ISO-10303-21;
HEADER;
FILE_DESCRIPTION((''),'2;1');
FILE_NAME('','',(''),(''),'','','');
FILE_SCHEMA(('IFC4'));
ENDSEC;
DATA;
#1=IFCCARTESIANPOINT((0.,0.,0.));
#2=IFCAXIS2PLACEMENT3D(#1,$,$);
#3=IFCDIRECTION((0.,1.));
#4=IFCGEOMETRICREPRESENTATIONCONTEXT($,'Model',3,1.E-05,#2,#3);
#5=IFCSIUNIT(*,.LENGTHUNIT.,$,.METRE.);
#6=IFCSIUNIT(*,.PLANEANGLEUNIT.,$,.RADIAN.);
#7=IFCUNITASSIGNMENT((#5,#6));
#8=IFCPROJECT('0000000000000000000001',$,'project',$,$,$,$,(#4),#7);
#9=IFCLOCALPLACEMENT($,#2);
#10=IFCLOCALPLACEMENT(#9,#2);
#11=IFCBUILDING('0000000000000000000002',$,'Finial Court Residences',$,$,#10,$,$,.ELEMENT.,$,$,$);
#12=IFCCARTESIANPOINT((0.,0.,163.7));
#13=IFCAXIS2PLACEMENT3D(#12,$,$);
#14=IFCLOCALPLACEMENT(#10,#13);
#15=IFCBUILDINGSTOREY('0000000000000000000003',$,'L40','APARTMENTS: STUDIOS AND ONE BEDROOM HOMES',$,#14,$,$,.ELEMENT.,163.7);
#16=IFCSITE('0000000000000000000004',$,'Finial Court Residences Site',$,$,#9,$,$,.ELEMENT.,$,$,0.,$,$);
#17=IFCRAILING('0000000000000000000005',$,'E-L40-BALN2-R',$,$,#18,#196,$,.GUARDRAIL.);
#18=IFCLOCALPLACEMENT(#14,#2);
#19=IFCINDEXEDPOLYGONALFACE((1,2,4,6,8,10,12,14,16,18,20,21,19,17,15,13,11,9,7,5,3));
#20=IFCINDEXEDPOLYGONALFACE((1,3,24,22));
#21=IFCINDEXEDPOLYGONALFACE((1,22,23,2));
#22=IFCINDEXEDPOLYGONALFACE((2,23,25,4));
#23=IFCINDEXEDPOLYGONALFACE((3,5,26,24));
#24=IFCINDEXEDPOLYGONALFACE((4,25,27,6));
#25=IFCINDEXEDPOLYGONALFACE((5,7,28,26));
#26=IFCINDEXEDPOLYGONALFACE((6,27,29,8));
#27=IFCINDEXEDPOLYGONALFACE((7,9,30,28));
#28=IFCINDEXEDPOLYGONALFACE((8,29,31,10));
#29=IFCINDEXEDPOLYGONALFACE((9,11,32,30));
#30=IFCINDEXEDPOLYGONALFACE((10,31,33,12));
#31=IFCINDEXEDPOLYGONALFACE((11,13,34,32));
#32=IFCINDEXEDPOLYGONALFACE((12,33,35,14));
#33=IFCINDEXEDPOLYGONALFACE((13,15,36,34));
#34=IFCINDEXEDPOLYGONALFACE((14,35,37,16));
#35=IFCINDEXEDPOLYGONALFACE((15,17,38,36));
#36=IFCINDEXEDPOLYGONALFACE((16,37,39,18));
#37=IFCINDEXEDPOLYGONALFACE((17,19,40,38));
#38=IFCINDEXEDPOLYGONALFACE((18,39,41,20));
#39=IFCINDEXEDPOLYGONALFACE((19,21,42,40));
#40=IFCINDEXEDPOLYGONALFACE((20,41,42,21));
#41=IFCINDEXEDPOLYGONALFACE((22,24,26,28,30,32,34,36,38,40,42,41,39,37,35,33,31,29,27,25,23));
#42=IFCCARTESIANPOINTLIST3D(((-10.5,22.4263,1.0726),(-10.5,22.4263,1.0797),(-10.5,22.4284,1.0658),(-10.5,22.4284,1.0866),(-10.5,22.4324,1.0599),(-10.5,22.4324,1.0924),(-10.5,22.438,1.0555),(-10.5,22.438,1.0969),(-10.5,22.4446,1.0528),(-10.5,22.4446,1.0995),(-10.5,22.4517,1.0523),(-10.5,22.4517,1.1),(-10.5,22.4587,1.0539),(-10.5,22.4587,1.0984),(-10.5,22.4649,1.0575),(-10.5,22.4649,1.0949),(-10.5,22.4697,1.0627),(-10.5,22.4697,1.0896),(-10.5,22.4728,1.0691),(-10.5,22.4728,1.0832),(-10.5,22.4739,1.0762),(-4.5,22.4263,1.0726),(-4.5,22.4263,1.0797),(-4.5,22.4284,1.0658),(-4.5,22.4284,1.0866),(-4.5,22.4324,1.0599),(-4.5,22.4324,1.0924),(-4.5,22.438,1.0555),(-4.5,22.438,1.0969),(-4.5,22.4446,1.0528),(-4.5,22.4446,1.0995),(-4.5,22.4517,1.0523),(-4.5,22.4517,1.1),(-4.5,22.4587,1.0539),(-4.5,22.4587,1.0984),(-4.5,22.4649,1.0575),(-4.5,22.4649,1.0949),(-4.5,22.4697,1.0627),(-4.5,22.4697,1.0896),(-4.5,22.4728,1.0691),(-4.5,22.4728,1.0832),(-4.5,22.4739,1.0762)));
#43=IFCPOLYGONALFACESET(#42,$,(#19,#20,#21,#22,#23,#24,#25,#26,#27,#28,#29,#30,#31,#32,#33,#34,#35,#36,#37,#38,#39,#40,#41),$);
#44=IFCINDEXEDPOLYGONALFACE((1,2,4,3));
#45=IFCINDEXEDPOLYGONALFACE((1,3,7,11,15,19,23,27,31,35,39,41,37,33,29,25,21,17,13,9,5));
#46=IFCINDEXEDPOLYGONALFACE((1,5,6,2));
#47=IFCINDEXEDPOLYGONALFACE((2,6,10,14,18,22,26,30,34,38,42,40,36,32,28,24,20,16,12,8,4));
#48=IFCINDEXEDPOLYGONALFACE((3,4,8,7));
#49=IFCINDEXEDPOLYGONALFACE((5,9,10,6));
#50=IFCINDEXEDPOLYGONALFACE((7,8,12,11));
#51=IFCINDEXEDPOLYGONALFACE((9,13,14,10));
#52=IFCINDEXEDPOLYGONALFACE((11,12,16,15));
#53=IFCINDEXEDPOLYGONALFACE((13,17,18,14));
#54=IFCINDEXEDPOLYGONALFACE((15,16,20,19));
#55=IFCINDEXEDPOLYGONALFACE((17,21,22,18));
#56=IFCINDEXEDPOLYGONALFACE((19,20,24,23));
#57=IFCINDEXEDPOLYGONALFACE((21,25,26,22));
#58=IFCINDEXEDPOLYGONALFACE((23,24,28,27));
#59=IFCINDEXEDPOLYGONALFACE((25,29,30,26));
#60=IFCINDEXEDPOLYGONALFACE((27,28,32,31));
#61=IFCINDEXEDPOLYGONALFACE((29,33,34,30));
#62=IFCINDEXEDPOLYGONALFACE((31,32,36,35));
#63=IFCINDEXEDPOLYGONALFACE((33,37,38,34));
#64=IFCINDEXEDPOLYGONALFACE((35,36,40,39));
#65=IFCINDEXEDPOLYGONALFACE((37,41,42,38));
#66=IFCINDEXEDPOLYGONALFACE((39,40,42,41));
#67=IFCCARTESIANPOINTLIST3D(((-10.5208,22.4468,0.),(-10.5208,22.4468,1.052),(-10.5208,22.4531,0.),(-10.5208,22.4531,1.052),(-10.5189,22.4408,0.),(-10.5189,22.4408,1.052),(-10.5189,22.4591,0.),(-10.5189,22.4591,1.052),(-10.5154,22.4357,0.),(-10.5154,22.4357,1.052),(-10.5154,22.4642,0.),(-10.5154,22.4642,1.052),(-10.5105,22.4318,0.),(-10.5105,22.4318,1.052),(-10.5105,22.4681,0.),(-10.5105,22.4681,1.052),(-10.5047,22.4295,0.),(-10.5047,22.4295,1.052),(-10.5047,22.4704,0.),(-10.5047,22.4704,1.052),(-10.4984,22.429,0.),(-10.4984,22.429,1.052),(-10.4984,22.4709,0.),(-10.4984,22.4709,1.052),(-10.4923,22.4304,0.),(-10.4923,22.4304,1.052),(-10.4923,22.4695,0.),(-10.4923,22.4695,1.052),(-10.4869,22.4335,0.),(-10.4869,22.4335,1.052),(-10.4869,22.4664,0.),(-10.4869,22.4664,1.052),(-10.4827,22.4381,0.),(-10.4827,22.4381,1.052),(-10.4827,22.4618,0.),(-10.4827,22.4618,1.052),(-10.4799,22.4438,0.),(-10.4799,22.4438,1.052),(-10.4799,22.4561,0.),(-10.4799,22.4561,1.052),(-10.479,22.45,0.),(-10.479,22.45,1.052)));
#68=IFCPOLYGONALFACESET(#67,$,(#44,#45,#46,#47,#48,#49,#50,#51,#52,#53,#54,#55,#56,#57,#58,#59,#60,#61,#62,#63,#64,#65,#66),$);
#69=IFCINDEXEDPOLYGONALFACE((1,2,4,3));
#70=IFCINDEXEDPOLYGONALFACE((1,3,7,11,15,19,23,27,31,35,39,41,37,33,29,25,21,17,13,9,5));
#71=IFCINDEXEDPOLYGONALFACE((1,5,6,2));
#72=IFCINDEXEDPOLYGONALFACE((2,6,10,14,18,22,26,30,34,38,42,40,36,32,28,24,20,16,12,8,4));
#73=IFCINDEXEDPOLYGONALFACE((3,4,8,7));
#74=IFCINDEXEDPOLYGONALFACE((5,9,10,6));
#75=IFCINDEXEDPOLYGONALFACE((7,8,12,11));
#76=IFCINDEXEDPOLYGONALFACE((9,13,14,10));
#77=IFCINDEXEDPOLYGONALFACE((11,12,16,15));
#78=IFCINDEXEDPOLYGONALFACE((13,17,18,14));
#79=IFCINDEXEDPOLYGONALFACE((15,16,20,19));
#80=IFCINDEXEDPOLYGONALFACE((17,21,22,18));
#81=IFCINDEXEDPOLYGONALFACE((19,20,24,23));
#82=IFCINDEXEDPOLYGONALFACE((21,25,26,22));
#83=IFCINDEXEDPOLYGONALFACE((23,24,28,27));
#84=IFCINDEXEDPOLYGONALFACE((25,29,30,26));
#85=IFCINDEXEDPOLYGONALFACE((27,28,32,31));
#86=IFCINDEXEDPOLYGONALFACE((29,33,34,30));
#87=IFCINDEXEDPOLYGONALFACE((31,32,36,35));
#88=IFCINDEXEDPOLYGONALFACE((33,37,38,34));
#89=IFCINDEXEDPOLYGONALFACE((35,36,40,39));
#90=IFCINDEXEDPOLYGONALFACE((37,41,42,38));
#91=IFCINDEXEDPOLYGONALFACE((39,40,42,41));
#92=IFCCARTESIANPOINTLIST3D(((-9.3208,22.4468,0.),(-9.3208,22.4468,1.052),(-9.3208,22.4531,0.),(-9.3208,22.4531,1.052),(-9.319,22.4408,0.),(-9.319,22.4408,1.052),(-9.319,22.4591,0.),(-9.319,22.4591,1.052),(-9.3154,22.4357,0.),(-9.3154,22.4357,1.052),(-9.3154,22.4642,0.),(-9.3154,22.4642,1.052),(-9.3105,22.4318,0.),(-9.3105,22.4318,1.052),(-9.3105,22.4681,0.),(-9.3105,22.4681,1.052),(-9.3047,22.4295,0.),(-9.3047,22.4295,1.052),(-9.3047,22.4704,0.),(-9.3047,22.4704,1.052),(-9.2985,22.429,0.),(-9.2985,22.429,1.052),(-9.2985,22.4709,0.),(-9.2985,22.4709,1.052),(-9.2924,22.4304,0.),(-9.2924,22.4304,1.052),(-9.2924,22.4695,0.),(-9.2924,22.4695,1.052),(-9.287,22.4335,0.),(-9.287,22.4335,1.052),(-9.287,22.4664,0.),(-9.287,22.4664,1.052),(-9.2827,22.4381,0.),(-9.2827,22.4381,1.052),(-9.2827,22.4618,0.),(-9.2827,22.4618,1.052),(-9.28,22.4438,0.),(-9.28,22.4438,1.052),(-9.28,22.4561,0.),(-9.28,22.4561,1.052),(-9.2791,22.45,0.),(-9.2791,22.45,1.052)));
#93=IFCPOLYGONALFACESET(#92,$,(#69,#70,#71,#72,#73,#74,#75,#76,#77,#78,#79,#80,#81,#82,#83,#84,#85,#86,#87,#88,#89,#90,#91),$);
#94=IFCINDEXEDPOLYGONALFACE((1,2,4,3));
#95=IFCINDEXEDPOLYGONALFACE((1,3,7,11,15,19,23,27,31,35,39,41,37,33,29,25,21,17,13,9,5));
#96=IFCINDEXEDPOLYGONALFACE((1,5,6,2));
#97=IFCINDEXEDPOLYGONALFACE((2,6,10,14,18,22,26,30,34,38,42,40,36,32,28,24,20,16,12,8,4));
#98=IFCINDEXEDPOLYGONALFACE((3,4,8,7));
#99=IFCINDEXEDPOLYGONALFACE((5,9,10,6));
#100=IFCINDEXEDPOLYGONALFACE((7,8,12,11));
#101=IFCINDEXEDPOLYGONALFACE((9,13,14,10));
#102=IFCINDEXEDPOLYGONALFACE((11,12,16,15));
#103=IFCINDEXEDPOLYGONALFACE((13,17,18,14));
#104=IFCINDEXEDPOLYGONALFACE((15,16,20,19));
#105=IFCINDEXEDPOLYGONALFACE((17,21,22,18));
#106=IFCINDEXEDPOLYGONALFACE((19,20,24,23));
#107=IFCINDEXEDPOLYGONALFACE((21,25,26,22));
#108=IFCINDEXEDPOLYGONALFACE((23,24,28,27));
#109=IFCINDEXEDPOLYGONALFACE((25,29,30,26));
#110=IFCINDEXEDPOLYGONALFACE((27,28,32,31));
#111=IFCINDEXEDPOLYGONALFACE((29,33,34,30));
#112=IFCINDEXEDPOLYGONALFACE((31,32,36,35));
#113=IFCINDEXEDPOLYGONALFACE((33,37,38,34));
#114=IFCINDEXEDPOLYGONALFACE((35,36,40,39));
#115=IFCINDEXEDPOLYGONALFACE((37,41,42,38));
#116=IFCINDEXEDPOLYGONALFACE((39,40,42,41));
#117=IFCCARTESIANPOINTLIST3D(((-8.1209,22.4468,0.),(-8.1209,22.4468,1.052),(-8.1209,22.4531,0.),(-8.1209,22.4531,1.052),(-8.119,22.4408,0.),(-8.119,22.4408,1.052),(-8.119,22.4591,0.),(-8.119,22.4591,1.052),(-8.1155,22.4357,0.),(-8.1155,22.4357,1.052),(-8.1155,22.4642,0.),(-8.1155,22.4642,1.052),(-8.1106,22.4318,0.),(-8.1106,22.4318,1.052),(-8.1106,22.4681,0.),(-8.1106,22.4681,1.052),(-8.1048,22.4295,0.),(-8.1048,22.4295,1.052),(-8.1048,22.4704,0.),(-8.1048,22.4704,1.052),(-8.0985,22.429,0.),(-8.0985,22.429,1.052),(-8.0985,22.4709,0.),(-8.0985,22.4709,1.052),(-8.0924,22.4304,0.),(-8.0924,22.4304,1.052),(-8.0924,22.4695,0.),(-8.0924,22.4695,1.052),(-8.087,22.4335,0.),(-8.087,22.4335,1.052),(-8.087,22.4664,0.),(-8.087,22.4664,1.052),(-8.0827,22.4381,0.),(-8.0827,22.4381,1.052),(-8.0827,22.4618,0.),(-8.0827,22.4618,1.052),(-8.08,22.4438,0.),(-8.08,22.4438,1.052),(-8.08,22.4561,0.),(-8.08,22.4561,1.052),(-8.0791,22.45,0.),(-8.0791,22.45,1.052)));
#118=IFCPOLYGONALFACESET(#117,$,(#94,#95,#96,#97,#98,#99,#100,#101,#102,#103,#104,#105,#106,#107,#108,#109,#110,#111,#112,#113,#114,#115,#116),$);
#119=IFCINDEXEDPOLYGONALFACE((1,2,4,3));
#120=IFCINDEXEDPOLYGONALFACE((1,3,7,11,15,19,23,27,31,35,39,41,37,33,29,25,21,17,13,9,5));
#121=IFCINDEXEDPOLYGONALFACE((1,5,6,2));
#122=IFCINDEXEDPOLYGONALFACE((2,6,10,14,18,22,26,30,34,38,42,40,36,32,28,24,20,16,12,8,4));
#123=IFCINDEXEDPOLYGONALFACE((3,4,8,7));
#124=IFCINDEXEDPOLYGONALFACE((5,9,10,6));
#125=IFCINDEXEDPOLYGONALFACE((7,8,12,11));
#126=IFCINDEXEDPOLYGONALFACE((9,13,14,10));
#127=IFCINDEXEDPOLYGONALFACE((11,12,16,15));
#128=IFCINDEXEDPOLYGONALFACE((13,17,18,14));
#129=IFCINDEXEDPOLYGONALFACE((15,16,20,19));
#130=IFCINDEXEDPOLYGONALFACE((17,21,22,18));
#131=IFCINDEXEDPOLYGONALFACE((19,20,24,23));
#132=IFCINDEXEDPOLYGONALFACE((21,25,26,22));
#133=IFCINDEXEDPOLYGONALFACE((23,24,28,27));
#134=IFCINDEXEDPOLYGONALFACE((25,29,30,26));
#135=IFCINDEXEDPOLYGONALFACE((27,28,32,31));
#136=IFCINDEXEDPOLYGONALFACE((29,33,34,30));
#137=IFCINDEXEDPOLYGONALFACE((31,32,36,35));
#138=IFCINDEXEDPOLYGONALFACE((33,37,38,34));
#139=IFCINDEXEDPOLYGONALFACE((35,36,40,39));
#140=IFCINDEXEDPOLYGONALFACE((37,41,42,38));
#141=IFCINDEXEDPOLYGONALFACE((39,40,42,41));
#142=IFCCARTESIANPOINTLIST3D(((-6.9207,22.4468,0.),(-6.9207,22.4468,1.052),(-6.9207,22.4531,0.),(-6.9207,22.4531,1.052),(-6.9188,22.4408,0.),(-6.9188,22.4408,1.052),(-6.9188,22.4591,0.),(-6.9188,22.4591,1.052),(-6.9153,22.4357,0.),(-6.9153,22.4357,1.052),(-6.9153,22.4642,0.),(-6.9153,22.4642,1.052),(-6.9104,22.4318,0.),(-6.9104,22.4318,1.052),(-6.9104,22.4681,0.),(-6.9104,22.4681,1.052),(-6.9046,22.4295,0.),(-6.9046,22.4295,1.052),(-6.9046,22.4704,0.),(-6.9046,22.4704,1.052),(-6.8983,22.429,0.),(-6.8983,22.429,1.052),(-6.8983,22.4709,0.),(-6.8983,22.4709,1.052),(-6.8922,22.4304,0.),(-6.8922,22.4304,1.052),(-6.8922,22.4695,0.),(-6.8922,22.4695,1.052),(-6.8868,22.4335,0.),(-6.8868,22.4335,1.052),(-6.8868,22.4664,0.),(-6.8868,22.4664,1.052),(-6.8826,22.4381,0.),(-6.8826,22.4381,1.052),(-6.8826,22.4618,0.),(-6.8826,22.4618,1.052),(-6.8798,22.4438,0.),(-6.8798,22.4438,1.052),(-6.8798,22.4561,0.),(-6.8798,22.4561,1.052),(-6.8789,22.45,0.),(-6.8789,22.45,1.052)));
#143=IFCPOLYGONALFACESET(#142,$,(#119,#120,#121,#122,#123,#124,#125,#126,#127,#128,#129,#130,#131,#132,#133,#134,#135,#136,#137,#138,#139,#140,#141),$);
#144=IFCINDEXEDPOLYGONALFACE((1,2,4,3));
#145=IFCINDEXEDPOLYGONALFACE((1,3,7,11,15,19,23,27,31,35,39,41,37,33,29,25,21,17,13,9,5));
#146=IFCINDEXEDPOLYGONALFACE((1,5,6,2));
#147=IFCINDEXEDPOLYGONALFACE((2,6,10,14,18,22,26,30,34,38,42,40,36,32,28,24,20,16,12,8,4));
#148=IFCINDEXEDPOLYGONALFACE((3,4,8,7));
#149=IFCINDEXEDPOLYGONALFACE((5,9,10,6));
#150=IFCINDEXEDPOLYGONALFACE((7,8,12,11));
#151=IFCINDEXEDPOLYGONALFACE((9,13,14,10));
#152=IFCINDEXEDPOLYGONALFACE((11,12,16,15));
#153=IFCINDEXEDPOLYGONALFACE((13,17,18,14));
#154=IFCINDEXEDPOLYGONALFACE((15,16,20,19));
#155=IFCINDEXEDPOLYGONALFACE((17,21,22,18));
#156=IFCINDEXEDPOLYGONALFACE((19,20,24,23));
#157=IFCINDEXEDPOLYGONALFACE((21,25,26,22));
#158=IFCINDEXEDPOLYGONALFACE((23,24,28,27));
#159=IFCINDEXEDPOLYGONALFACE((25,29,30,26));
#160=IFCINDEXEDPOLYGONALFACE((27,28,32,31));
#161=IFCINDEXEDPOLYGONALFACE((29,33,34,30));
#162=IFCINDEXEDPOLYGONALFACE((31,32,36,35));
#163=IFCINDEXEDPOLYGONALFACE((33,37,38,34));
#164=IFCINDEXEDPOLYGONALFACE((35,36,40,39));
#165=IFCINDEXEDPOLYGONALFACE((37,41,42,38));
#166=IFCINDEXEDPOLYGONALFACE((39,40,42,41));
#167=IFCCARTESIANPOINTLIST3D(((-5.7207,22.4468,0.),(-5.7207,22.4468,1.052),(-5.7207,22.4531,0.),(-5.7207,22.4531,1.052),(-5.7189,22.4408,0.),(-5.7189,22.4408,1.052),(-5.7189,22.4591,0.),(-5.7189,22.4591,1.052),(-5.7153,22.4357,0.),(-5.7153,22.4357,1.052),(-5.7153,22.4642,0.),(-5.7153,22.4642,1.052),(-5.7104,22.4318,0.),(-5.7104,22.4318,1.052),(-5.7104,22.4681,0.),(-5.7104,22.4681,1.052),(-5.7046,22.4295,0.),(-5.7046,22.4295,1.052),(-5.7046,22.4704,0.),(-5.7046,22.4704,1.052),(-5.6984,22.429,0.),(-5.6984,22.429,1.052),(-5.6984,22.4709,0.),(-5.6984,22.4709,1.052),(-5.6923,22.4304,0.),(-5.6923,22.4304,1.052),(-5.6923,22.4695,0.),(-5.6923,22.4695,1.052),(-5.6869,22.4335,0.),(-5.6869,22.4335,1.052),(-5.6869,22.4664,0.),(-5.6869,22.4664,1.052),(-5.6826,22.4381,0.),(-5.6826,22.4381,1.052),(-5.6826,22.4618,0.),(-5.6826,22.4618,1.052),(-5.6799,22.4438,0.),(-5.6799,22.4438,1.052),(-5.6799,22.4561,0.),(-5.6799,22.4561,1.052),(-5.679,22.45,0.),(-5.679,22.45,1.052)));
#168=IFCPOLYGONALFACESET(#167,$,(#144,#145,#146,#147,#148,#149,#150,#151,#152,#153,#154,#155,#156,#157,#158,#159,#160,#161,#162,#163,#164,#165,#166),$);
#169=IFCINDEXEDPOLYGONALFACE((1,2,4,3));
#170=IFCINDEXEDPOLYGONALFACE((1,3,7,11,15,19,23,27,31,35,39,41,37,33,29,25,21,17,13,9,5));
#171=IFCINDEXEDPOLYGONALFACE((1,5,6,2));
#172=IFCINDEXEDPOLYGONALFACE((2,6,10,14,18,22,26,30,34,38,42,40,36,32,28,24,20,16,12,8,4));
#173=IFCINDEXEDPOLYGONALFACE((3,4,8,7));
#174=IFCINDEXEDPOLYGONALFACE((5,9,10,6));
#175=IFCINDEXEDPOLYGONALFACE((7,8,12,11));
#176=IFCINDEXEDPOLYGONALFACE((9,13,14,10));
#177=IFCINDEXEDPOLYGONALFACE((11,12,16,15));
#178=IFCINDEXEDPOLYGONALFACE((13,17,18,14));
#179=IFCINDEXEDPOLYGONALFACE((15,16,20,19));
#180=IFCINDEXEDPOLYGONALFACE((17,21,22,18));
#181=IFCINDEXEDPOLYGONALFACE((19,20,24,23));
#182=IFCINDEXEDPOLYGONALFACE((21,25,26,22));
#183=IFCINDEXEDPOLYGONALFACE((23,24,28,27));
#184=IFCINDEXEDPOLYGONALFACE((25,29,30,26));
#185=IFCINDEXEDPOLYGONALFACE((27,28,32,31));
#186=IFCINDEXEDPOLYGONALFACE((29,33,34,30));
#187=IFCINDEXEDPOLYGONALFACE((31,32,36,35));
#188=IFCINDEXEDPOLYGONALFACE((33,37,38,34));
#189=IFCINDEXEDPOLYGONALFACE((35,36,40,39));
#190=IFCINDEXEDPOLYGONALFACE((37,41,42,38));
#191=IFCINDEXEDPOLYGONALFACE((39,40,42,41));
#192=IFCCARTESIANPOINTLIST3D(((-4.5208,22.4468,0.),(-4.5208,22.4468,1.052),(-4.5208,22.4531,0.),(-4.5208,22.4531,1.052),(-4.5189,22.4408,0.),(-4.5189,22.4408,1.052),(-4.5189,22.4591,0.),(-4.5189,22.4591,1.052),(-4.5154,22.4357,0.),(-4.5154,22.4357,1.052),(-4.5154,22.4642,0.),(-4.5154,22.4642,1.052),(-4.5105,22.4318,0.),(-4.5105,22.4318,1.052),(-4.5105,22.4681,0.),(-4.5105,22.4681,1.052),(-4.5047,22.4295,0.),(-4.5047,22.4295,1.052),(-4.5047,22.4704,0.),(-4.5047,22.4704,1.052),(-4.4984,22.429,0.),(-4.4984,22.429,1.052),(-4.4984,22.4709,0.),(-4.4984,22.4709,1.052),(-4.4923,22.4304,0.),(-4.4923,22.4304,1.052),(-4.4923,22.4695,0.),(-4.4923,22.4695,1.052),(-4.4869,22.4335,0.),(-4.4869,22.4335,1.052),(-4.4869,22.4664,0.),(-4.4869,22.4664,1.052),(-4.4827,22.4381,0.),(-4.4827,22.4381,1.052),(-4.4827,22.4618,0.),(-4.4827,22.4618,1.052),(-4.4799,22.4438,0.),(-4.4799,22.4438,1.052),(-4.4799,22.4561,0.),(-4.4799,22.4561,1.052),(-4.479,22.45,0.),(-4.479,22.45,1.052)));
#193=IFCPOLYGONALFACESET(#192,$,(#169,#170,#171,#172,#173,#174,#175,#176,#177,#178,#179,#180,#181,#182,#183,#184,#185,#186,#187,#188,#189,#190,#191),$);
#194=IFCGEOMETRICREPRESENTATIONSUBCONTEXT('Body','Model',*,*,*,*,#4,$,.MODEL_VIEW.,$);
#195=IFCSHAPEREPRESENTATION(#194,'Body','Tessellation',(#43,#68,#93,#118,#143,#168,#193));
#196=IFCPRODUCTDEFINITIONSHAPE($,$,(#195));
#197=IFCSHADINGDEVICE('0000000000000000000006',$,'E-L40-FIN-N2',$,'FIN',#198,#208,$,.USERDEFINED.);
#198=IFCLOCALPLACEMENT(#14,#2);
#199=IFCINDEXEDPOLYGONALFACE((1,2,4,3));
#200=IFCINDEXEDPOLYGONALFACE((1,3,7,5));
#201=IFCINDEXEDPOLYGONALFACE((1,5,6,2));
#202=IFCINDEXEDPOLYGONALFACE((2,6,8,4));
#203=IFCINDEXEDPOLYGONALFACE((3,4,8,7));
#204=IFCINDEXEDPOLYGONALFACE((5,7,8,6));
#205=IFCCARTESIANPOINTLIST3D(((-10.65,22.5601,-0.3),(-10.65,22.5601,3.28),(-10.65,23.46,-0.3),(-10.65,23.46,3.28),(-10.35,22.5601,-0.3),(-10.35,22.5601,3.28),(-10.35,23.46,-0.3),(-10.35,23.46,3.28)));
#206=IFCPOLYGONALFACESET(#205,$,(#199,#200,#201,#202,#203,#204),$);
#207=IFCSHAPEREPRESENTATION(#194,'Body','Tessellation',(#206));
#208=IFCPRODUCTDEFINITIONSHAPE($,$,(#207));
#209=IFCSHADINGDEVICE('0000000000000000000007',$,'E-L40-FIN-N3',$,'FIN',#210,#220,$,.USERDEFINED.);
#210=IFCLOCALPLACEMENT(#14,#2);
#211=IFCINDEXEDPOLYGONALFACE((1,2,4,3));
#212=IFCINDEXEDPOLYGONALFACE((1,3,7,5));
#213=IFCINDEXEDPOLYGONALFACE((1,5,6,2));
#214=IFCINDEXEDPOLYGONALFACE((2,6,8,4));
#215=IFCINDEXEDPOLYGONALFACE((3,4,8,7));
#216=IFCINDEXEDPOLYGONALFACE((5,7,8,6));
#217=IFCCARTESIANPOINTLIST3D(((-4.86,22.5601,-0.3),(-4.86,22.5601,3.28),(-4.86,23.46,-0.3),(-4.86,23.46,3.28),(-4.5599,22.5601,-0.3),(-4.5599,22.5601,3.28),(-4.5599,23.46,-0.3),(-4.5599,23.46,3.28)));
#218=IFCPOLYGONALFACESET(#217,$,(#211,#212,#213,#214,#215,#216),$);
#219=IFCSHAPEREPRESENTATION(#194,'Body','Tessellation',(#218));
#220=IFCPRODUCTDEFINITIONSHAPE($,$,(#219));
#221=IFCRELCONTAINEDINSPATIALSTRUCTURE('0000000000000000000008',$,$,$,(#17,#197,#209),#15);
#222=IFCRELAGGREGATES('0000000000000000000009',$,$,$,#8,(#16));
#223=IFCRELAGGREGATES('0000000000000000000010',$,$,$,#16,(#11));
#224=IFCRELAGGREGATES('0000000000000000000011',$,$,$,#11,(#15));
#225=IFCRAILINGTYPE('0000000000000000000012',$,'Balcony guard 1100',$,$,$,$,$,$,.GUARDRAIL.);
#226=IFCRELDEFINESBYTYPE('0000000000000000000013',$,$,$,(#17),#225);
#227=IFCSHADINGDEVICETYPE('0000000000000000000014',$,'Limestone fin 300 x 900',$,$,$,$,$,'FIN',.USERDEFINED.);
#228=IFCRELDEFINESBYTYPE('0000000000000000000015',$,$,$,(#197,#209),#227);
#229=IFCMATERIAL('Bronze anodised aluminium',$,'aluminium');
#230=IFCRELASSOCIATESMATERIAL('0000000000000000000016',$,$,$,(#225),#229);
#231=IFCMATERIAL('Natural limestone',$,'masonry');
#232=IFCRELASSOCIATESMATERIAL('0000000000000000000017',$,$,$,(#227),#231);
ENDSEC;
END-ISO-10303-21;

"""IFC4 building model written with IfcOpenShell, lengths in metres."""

from ifc_helpers import new_model, si_unit, direction, frame, origin, origin_2d, place, context, subcontext, project, spatial, rectangle, circle, extrude, material, type_object, element, save


model = new_model("IFC4")

# Units and contexts
model_context = context("Model", 3, precision=1e-05, world=origin(), true_north=direction((0.0, 1.0)))
body_context = subcontext(model_context, "Body", "Model", "MODEL_VIEW")
ifc_project = project(units=[si_unit("LENGTHUNIT", "METRE"), si_unit("PLANEANGLEUNIT", "RADIAN")], contexts=[model_context])

# Site, building, storey
site_placement = place(None, origin())
site = spatial("IfcSite", under=ifc_project, at=site_placement, Name="Finial Court Residences Site", CompositionType="ELEMENT", RefElevation=0.0)
building_placement = place(site_placement, origin())
building = spatial("IfcBuilding", under=site, at=building_placement, Name="Finial Court Residences", CompositionType="ELEMENT")
storey_placement = place(building_placement, frame((0.0, 0.0, 163.7)))
storey = spatial("IfcBuildingStorey", under=building, at=storey_placement, Name="L40", Description="APARTMENTS: STUDIOS AND ONE BEDROOM HOMES", CompositionType="ELEMENT", Elevation=163.7)

# Shared definitions
ifc_material_1 = material(Name="Bronze anodised aluminium", Category="aluminium")

# Shared definitions
ifc_material_2 = material(Name="Natural limestone", Category="masonry")

# Railing
railing_type = type_object("IfcRailingType", Name="Balcony guard 1100", PredefinedType="GUARDRAIL", material=ifc_material_1)
railing_placement = place(storey_placement, frame((-10.5, 22.45, 0.0)))
element("IfcRailing", 1, at=railing_placement, inside=storey, type_object=railing_type, Name="E-L40-BALN2-R", PredefinedType="GUARDRAIL", context=body_context, shape_type="SweptSolid", body=[
    extrude(circle(Radius=0.0239, at=origin_2d()), frame((0.0, 0.0, 1.0762), z_axis=(1.0, 0.0, 0.0), x_axis=(0.0, 1.0, 0.0)), (0.0, 0.0, 1.0), 6.0),
    extrude(circle(Radius=0.021, at=origin_2d()), origin(), (0.0, 0.0, 1.0), 1.052),
    extrude(circle(Radius=0.021, at=origin_2d()), frame((1.2, 0.0, 0.0)), (0.0, 0.0, 1.0), 1.052),
    extrude(circle(Radius=0.021, at=origin_2d()), frame((2.3999, 0.0, 0.0)), (0.0, 0.0, 1.0), 1.052),
    extrude(circle(Radius=0.021, at=origin_2d()), frame((3.6001, 0.0, 0.0)), (0.0, 0.0, 1.0), 1.052),
    extrude(circle(Radius=0.021, at=origin_2d()), frame((4.8, 0.0, 0.0)), (0.0, 0.0, 1.0), 1.052),
    extrude(circle(Radius=0.021, at=origin_2d()), frame((6.0, 0.0, 0.0)), (0.0, 0.0, 1.0), 1.052),
])

# Shading devices
shading_device_type = type_object("IfcShadingDeviceType", Name="Limestone fin 300 x 900", ElementType="FIN", PredefinedType="USERDEFINED", material=ifc_material_2)
for number, where, z_axis, x_axis, name in (
    (2, (-10.5, 23.01, -0.3), (0.0, 0.0, 1.0), (1.0, 0.0, 0.0), "E-L40-FIN-N2"),
    (3, (-4.71, 23.01, -0.3), (0.0, 0.0, 1.0), (1.0, 0.0, 0.0), "E-L40-FIN-N3"),
):
    element("IfcShadingDevice", number, at=place(storey_placement, frame(where, z_axis=z_axis, x_axis=x_axis)), inside=storey, type_object=shading_device_type, Name=name, ObjectType="FIN", PredefinedType="USERDEFINED", context=body_context, shape_type="SweptSolid", body=[
        extrude(rectangle(XDim=0.3, YDim=0.8999, at=origin_2d()), origin(), (0.0, 0.0, 1.0), 3.5801),
    ])

save(model, "model.ifc")
